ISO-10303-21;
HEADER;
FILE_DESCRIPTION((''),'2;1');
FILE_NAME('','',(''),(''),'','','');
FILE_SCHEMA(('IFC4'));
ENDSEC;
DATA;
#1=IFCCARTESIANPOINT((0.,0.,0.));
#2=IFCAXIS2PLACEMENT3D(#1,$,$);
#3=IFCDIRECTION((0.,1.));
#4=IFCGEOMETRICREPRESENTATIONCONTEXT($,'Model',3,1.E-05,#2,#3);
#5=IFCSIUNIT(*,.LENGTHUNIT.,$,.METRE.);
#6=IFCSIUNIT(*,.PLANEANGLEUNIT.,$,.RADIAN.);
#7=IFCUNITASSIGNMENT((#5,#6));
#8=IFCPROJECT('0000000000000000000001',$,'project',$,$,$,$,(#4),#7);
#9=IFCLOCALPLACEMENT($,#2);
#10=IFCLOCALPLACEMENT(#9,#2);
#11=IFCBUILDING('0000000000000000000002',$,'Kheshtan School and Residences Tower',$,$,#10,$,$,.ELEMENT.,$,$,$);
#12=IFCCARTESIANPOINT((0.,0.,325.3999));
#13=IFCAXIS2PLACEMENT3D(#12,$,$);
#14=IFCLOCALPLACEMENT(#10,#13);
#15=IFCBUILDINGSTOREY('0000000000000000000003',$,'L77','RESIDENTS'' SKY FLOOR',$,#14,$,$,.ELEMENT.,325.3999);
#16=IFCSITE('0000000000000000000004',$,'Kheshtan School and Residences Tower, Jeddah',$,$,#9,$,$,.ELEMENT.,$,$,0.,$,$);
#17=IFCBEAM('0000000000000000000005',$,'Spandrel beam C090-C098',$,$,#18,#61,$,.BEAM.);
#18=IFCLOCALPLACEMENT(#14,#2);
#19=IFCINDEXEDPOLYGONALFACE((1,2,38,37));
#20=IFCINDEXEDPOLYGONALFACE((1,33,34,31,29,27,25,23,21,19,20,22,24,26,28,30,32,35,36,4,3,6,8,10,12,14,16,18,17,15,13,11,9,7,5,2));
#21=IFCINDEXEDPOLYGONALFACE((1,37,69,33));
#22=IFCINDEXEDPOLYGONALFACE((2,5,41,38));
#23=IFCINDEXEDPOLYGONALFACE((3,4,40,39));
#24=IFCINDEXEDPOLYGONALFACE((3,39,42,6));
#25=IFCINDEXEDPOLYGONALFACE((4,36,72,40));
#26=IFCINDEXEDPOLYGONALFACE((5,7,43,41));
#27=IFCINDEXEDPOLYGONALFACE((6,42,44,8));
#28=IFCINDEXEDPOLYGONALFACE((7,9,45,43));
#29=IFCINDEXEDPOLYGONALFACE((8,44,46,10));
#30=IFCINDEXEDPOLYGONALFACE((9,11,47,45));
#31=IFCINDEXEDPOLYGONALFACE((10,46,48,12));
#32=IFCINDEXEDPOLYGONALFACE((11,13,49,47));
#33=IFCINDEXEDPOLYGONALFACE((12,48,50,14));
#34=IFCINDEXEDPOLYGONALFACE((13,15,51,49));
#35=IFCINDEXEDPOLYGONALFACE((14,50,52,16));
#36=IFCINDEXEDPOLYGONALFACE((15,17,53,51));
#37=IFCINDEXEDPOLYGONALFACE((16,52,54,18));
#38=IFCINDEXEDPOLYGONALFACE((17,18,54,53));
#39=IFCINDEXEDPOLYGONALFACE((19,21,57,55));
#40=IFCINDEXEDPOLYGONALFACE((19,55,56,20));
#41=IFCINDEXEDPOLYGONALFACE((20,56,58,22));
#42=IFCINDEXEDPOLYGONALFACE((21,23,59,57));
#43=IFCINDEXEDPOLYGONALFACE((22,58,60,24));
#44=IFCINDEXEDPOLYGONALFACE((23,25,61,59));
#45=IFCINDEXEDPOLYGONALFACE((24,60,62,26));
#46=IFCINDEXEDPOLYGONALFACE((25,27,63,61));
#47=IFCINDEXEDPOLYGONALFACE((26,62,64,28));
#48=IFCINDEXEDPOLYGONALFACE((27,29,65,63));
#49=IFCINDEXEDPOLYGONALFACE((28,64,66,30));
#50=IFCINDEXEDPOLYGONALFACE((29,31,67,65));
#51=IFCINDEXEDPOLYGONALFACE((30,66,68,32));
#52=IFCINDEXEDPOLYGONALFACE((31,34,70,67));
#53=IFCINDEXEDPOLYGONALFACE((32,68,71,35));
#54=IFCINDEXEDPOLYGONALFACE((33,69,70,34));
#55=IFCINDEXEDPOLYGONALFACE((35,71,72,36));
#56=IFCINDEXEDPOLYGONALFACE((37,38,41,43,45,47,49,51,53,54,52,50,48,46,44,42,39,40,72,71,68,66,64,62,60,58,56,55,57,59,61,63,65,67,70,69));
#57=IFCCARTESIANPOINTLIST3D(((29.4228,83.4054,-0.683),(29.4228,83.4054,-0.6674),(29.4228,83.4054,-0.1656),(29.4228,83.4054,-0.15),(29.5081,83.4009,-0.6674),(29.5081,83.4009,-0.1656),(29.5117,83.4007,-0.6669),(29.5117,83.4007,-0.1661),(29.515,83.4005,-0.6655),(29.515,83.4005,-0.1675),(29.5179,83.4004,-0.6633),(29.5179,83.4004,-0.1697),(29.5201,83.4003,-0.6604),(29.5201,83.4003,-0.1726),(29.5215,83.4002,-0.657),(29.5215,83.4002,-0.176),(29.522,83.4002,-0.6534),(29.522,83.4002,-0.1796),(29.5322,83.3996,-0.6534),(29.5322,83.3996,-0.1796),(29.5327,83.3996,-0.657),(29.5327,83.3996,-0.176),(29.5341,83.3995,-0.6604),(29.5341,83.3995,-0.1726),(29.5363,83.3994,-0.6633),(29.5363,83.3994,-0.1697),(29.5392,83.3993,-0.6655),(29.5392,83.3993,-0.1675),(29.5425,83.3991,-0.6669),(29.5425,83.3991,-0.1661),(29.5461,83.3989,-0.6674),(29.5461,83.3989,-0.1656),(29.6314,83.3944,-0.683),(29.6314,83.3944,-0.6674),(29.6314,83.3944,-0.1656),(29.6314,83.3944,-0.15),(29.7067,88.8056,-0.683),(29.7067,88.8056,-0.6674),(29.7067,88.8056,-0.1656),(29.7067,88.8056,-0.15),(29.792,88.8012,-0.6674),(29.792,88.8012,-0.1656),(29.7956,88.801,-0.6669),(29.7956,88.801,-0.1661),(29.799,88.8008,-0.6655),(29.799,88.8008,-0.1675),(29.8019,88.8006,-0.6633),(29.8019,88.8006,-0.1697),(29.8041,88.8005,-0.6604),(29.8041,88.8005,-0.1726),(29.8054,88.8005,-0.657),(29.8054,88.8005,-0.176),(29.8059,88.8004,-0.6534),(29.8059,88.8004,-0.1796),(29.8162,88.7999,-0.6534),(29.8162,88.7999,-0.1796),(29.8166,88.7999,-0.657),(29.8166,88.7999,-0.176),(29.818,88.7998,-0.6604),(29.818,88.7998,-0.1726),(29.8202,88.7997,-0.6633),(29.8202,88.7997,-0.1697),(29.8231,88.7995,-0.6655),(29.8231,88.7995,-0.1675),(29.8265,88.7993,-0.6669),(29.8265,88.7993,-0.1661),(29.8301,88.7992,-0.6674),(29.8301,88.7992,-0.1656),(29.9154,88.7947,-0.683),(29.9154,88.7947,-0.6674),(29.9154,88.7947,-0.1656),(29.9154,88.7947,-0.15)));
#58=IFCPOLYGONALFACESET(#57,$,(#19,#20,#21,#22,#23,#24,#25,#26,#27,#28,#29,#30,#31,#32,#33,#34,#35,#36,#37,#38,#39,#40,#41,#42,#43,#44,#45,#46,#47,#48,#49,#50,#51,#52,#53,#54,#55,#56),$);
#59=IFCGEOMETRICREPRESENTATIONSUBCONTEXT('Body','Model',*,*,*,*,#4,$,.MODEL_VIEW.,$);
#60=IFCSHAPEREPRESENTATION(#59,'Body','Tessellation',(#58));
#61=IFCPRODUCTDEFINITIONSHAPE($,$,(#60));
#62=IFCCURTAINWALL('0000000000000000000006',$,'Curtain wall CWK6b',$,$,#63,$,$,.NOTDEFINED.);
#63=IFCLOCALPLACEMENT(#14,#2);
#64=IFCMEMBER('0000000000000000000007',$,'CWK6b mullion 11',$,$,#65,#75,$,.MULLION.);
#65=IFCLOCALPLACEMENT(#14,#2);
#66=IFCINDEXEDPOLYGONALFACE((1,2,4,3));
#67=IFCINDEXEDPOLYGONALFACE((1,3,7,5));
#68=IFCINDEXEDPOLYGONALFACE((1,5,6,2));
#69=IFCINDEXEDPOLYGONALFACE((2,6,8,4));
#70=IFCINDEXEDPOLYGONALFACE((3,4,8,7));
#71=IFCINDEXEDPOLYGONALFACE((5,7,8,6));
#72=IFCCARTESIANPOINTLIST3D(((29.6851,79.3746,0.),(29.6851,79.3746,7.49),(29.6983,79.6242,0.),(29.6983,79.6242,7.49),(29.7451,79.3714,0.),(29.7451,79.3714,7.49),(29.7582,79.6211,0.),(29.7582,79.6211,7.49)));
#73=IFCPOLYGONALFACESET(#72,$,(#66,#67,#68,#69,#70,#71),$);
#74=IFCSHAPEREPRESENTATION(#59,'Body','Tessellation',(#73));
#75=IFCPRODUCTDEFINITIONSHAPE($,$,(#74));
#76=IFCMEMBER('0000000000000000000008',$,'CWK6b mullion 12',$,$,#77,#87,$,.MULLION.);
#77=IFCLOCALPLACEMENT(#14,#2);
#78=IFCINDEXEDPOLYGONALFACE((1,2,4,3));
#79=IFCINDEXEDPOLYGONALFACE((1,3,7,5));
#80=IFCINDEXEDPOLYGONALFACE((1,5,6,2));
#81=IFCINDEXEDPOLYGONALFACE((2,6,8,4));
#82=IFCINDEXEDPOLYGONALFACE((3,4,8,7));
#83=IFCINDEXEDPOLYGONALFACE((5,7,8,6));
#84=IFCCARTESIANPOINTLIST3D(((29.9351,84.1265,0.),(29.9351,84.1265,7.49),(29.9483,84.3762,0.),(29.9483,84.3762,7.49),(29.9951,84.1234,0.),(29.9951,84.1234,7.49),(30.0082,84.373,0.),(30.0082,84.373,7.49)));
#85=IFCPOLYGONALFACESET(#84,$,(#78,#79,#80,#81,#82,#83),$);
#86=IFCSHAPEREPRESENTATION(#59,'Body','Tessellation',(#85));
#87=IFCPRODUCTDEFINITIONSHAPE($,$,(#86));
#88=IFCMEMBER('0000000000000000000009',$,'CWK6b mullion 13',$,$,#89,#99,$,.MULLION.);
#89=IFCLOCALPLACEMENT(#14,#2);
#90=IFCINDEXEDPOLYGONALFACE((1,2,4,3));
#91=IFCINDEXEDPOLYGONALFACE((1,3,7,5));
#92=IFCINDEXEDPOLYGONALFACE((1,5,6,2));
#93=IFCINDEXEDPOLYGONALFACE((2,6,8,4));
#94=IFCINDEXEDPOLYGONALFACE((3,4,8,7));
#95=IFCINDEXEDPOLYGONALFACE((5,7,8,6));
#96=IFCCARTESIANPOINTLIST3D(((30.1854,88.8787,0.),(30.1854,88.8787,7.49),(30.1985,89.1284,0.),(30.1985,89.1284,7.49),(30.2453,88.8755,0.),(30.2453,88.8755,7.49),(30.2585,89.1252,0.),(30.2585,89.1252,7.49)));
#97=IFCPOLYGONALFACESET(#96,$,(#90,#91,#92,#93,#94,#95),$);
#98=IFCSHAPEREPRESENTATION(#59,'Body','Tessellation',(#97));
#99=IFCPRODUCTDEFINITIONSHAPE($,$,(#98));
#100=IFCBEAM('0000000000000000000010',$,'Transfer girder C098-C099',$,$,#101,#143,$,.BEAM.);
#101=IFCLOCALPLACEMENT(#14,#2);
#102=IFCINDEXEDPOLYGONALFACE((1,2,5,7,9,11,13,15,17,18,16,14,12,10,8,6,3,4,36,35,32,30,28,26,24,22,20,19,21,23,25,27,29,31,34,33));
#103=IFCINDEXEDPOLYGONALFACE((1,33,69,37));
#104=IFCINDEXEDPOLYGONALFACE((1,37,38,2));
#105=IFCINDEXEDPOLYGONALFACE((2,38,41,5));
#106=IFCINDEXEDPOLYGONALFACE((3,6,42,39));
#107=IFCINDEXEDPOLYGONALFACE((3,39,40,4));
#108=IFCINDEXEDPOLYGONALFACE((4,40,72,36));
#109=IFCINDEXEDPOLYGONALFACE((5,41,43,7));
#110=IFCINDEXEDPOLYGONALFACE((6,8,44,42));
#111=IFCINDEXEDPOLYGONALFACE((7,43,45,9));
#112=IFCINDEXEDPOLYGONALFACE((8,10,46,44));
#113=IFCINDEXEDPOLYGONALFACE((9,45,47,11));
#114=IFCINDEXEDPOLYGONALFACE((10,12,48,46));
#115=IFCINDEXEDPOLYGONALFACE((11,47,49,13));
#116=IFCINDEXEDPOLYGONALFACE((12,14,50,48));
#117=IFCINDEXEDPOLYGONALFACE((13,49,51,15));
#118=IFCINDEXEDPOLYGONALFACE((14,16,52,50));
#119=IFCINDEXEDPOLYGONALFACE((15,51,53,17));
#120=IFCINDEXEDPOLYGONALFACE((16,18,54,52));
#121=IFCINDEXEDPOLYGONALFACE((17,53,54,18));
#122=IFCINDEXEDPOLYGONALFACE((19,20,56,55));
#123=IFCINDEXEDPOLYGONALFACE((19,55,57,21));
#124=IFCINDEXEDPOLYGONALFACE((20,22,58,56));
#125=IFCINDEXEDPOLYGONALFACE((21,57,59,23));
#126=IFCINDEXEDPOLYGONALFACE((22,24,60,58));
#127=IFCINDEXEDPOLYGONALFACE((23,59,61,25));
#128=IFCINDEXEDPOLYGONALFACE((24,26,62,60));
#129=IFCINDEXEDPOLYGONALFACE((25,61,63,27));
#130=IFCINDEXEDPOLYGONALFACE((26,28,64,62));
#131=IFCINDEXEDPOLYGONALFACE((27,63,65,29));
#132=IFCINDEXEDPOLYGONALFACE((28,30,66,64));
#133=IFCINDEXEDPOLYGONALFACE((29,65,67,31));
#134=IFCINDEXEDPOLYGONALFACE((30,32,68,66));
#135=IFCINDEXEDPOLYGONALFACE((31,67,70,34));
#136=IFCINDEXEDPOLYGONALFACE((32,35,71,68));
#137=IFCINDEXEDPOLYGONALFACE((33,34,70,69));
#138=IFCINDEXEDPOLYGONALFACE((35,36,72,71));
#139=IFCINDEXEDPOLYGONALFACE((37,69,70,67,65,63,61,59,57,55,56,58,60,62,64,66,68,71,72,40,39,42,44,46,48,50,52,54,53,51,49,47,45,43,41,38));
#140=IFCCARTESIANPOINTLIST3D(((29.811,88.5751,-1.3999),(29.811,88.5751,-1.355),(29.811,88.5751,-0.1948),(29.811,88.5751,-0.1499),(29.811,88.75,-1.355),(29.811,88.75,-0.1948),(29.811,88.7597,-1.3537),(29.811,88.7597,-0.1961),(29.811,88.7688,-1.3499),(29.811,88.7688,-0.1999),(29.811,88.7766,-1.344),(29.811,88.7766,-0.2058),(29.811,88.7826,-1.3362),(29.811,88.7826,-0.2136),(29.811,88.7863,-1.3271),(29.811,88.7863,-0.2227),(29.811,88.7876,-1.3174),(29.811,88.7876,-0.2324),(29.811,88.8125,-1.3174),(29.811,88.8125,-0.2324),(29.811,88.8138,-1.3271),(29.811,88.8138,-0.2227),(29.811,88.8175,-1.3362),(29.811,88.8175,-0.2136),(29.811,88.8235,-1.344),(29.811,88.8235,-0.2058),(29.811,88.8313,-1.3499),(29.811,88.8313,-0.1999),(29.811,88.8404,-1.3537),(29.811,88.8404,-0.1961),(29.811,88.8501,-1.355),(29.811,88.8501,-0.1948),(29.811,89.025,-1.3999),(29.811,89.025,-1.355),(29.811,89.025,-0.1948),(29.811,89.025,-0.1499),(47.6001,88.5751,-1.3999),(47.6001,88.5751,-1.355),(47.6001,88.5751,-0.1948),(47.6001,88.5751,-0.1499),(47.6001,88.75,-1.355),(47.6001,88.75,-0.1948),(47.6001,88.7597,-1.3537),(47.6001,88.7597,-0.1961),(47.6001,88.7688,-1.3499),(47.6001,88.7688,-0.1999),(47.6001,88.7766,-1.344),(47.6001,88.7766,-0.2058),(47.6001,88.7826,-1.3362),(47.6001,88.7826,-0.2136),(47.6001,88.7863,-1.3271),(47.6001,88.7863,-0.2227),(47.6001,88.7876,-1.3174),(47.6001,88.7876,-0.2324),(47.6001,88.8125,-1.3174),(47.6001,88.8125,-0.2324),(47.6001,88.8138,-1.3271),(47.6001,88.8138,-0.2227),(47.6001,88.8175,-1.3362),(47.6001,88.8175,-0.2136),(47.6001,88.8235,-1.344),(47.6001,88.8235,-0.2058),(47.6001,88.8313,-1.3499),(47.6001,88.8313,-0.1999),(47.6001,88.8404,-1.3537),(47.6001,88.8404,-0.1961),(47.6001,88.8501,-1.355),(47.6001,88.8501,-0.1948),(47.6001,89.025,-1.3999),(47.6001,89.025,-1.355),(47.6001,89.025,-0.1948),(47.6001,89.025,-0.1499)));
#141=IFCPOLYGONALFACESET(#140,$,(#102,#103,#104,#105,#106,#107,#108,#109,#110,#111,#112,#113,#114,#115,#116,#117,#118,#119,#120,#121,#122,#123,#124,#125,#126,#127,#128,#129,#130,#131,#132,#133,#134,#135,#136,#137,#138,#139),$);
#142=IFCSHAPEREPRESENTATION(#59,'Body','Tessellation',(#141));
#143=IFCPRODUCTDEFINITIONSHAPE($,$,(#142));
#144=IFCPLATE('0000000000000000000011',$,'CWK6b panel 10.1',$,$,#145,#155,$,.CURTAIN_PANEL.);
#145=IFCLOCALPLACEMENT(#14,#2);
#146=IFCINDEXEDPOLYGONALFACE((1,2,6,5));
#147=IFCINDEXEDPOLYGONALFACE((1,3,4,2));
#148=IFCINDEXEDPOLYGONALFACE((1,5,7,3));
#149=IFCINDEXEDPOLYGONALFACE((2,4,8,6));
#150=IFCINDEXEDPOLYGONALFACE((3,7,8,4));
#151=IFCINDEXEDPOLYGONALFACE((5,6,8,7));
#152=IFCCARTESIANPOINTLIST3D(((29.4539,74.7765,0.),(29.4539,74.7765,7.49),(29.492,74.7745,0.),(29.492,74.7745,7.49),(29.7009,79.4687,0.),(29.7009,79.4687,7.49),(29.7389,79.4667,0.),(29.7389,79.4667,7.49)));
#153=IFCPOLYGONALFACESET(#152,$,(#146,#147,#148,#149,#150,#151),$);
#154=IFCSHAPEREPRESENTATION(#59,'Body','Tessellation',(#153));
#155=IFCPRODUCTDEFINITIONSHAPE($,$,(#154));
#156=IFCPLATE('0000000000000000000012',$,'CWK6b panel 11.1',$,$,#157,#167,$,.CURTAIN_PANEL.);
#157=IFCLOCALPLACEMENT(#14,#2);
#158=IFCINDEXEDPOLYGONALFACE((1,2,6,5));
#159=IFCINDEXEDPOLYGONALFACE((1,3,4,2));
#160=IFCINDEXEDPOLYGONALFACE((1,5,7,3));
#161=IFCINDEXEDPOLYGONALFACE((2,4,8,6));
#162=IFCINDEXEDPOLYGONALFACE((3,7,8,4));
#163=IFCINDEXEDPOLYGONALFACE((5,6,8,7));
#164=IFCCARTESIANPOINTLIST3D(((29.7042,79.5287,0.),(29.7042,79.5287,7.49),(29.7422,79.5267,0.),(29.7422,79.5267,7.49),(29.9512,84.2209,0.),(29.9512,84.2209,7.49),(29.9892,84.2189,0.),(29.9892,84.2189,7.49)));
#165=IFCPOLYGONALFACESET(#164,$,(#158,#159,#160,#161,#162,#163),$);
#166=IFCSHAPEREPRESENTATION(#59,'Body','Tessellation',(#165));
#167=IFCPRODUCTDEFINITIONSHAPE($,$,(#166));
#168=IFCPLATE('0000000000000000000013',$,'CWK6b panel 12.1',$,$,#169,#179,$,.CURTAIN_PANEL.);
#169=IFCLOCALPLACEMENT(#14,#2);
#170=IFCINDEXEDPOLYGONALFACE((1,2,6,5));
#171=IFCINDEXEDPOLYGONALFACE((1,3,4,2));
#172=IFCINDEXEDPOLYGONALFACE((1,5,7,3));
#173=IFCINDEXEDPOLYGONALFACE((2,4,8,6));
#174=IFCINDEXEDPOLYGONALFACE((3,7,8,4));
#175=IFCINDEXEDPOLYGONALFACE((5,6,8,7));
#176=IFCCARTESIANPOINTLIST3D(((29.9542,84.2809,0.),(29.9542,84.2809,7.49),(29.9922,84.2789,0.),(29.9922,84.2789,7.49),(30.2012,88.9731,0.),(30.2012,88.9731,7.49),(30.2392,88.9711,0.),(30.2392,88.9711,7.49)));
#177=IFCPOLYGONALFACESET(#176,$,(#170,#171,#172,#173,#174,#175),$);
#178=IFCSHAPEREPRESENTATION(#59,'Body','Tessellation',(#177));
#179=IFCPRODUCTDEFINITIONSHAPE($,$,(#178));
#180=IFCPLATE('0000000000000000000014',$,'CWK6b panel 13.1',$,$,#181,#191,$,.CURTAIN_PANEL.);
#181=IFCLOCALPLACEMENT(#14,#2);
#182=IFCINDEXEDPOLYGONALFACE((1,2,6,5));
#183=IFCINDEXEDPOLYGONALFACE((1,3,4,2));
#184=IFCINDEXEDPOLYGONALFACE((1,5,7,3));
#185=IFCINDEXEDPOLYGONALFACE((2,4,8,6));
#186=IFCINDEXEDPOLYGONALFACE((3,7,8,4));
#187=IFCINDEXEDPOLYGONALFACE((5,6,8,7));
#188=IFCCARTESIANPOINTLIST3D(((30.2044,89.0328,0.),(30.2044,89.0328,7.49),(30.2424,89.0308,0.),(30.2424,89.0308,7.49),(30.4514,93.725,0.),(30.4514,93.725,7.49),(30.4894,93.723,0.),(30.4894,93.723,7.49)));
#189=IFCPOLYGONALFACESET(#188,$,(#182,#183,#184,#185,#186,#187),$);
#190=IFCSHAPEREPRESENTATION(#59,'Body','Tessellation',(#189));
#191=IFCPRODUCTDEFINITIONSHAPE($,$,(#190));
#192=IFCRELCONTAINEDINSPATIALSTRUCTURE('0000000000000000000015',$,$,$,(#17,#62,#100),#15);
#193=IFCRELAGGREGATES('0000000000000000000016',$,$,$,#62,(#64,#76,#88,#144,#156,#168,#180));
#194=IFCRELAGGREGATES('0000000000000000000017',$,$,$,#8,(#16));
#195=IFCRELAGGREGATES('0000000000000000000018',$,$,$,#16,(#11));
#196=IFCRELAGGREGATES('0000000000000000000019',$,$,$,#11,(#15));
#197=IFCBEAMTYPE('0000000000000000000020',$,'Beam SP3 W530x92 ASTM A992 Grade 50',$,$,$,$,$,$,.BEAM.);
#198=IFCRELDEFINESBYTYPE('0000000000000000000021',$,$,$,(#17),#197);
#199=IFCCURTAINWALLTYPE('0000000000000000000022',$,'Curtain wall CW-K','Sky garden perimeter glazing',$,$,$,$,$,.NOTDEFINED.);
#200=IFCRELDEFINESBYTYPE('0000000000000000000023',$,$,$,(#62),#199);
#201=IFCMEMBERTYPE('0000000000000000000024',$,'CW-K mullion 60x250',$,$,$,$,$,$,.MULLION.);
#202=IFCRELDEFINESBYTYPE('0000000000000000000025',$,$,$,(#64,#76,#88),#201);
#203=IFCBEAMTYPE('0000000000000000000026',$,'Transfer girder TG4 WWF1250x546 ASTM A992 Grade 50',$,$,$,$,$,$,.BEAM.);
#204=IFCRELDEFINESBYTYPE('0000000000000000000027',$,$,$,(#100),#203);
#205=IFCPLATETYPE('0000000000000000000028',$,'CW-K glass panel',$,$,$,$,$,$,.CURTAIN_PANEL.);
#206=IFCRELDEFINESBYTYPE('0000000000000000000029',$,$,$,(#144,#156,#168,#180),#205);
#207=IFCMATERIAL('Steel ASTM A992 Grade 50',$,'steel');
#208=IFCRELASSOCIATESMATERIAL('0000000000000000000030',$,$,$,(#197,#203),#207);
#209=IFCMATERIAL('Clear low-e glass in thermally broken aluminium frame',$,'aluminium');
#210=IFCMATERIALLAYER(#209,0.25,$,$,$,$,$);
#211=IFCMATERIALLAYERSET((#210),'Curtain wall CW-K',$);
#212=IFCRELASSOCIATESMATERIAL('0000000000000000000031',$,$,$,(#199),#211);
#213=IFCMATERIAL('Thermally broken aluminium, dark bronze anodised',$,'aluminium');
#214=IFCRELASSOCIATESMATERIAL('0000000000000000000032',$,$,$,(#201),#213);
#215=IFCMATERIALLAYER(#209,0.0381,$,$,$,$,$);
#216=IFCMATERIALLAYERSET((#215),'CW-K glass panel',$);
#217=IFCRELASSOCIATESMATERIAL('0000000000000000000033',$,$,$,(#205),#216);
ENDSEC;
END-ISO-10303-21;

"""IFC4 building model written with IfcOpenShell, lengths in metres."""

from ifc_helpers import new_model, si_unit, direction, frame, origin, origin_2d, place, context, subcontext, project, spatial, rectangle, i_section, extrude, material, layer, layer_set, material_profile, profile_set, type_object, element, aggregate, save


model = new_model("IFC4")

# Units and contexts
model_context = context("Model", 3, precision=1e-05, world=origin(), true_north=direction((0.0, 1.0)))
body_context = subcontext(model_context, "Body", "Model", "MODEL_VIEW")
ifc_project = project(units=[si_unit("LENGTHUNIT", "METRE"), si_unit("PLANEANGLEUNIT", "RADIAN")], contexts=[model_context])

# Site, building, storey
site_placement = place(None, origin())
site = spatial("IfcSite", under=ifc_project, at=site_placement, Name="Kheshtan School and Residences Tower, Jeddah", CompositionType="ELEMENT", RefElevation=0.0)
building_placement = place(site_placement, origin())
building = spatial("IfcBuilding", under=site, at=building_placement, Name="Kheshtan School and Residences Tower", CompositionType="ELEMENT")
storey_placement = place(building_placement, frame((0.0, 0.0, 325.3999)))
storey = spatial("IfcBuildingStorey", under=building, at=storey_placement, Name="L77", Description="RESIDENTS' SKY FLOOR", CompositionType="ELEMENT", Elevation=325.3999)

# Shared definitions
ifc_material_1 = material(Name="Steel ASTM A992 Grade 50", Category="steel")

# Beam
ifc_material_profile_1 = material_profile(ifc_material_1, i_section(OverallWidth=0.209, OverallDepth=0.533, WebThickness=0.0103, FlangeThickness=0.0156, FilletRadius=0.0139, at=origin_2d()), Name="W530x92")
ifc_profile_set_1 = profile_set([ifc_material_profile_1], Name="Steel ASTM A992 Grade 50")
beam_type_1 = type_object("IfcBeamType", Name="Beam SP3 W530x92 ASTM A992 Grade 50", PredefinedType="BEAM", material=ifc_profile_set_1)
beam_1_placement = place(storey_placement, frame((29.5271, 83.3999, -0.4165), z_axis=(0.052507, 0.998621, 0.0), x_axis=(-0.998621, 0.052507, 0.0)))
element("IfcBeam", 1, at=beam_1_placement, inside=storey, type_object=beam_type_1, Name="Spandrel beam C090-C098", PredefinedType="BEAM", context=body_context, shape_type="SweptSolid", body=[
    extrude(i_section(OverallWidth=0.209, OverallDepth=0.533, WebThickness=0.0103, FlangeThickness=0.0156, FilletRadius=0.0139, at=origin_2d()), origin(), (0.0, 0.0, 1.0), 5.4077),
])

# Curtain wall, members
ifc_material_2 = material(Name="Clear low-e glass in thermally broken aluminium frame", Category="aluminium")
ifc_layer_1 = layer(ifc_material_2, 0.25)
ifc_layer_set_1 = layer_set([ifc_layer_1], Name="Curtain wall CW-K")
curtain_wall_type = type_object("IfcCurtainWallType", Name="Curtain wall CW-K", Description="Sky garden perimeter glazing", PredefinedType="NOTDEFINED", material=ifc_layer_set_1)
curtain_wall_placement = place(storey_placement, origin())
curtain_wall = element("IfcCurtainWall", 2, at=curtain_wall_placement, inside=storey, type_object=curtain_wall_type, Name="Curtain wall CWK6b", PredefinedType="NOTDEFINED")
ifc_material_3 = material(Name="Thermally broken aluminium, dark bronze anodised", Category="aluminium")
ifc_material_profile_2 = material_profile(ifc_material_3, rectangle(XDim=0.0601, YDim=0.25, at=origin_2d()), Name="CW-K mullion 60x250")
ifc_profile_set_2 = profile_set([ifc_material_profile_2], Name="Thermally broken aluminium, dark bronze anodised")
member_type = type_object("IfcMemberType", Name="CW-K mullion 60x250", PredefinedType="MULLION", material=ifc_profile_set_2)
member_1_placement = place(storey_placement, frame((29.7217, 79.4978, 0.0), z_axis=(0.0, 0.0, 1.0), x_axis=(-0.998617, 0.052565, 0.0)))
member_1 = element("IfcMember", 3, at=member_1_placement, type_object=member_type, Name="CWK6b mullion 11", PredefinedType="MULLION", context=body_context, shape_type="SweptSolid", body=[
    extrude(rectangle(XDim=0.0601, YDim=0.25, at=origin_2d()), origin(), (0.0, 0.0, 1.0), 7.49),
])
member_2_placement = place(storey_placement, frame((29.9717, 84.2498, 0.0), z_axis=(0.0, 0.0, 1.0), x_axis=(-0.998617, 0.052565, 0.0)))
member_2 = element("IfcMember", 4, at=member_2_placement, type_object=member_type, Name="CWK6b mullion 12", PredefinedType="MULLION", context=body_context, shape_type="SweptSolid", body=[
    extrude(rectangle(XDim=0.0601, YDim=0.25, at=origin_2d()), origin(), (0.0, 0.0, 1.0), 7.49),
])
member_3_placement = place(storey_placement, frame((30.2219, 89.002, 0.0), z_axis=(0.0, 0.0, 1.0), x_axis=(-0.998617, 0.052565, 0.0)))
member_3 = element("IfcMember", 5, at=member_3_placement, type_object=member_type, Name="CWK6b mullion 13", PredefinedType="MULLION", context=body_context, shape_type="SweptSolid", body=[
    extrude(rectangle(XDim=0.0601, YDim=0.25, at=origin_2d()), origin(), (0.0, 0.0, 1.0), 7.49),
])

# Beam
ifc_material_profile_3 = material_profile(ifc_material_1, i_section(OverallWidth=0.45, OverallDepth=1.25, WebThickness=0.0249, FlangeThickness=0.0449, FilletRadius=0.0376, at=origin_2d()), Name="WWF1250x546")
ifc_profile_set_3 = profile_set([ifc_material_profile_3], Name="Steel ASTM A992 Grade 50")
beam_type_2 = type_object("IfcBeamType", Name="Transfer girder TG4 WWF1250x546 ASTM A992 Grade 50", PredefinedType="BEAM", material=ifc_profile_set_3)
beam_2_placement = place(storey_placement, frame((29.811, 88.8, -0.7749), z_axis=(1.0, 0.0, 0.0), x_axis=(0.0, 1.0, 0.0)))
element("IfcBeam", 6, at=beam_2_placement, inside=storey, type_object=beam_type_2, Name="Transfer girder C098-C099", PredefinedType="BEAM", context=body_context, shape_type="SweptSolid", body=[
    extrude(i_section(OverallWidth=0.45, OverallDepth=1.25, WebThickness=0.0249, FlangeThickness=0.0449, FilletRadius=0.0376, at=origin_2d()), origin(), (0.0, 0.0, 1.0), 17.7891),
])

# Plates
ifc_layer_2 = layer(ifc_material_2, 0.0381)
ifc_layer_set_2 = layer_set([ifc_layer_2], Name="CW-K glass panel")
plate_type = type_object("IfcPlateType", Name="CW-K glass panel", PredefinedType="CURTAIN_PANEL", material=ifc_layer_set_2)
plate_1_placement = place(storey_placement, frame((29.5964, 77.1216, 0.0), z_axis=(0.0, 0.0, 1.0), x_axis=(0.052565, 0.998617, 0.0)))
plate_1 = element("IfcPlate", 7, at=plate_1_placement, type_object=plate_type, Name="CWK6b panel 10.1", PredefinedType="CURTAIN_PANEL", context=body_context, shape_type="SweptSolid", body=[
    extrude(rectangle(XDim=4.6987, YDim=0.0381, at=origin_2d()), origin(), (0.0, 0.0, 1.0), 7.49),
])
plate_2_placement = place(storey_placement, frame((29.8467, 81.8738, 0.0), z_axis=(0.0, 0.0, 1.0), x_axis=(0.052565, 0.998617, 0.0)))
plate_2 = element("IfcPlate", 8, at=plate_2_placement, type_object=plate_type, Name="CWK6b panel 11.1", PredefinedType="CURTAIN_PANEL", context=body_context, shape_type="SweptSolid", body=[
    extrude(rectangle(XDim=4.6987, YDim=0.0381, at=origin_2d()), origin(), (0.0, 0.0, 1.0), 7.49),
])
plate_3_placement = place(storey_placement, frame((30.0967, 86.626, 0.0), z_axis=(0.0, 0.0, 1.0), x_axis=(0.052565, 0.998617, 0.0)))
plate_3 = element("IfcPlate", 9, at=plate_3_placement, type_object=plate_type, Name="CWK6b panel 12.1", PredefinedType="CURTAIN_PANEL", context=body_context, shape_type="SweptSolid", body=[
    extrude(rectangle(XDim=4.6987, YDim=0.0381, at=origin_2d()), origin(), (0.0, 0.0, 1.0), 7.49),
])
plate_4_placement = place(storey_placement, frame((30.3469, 91.3779, 0.0), z_axis=(0.0, 0.0, 1.0), x_axis=(0.052565, 0.998617, 0.0)))
plate_4 = element("IfcPlate", 10, at=plate_4_placement, type_object=plate_type, Name="CWK6b panel 13.1", PredefinedType="CURTAIN_PANEL", context=body_context, shape_type="SweptSolid", body=[
    extrude(rectangle(XDim=4.6987, YDim=0.0381, at=origin_2d()), origin(), (0.0, 0.0, 1.0), 7.49),
])
aggregate(curtain_wall, [member_1, member_2, member_3, plate_1, plate_2, plate_3, plate_4])

save(model, "model.ifc")
